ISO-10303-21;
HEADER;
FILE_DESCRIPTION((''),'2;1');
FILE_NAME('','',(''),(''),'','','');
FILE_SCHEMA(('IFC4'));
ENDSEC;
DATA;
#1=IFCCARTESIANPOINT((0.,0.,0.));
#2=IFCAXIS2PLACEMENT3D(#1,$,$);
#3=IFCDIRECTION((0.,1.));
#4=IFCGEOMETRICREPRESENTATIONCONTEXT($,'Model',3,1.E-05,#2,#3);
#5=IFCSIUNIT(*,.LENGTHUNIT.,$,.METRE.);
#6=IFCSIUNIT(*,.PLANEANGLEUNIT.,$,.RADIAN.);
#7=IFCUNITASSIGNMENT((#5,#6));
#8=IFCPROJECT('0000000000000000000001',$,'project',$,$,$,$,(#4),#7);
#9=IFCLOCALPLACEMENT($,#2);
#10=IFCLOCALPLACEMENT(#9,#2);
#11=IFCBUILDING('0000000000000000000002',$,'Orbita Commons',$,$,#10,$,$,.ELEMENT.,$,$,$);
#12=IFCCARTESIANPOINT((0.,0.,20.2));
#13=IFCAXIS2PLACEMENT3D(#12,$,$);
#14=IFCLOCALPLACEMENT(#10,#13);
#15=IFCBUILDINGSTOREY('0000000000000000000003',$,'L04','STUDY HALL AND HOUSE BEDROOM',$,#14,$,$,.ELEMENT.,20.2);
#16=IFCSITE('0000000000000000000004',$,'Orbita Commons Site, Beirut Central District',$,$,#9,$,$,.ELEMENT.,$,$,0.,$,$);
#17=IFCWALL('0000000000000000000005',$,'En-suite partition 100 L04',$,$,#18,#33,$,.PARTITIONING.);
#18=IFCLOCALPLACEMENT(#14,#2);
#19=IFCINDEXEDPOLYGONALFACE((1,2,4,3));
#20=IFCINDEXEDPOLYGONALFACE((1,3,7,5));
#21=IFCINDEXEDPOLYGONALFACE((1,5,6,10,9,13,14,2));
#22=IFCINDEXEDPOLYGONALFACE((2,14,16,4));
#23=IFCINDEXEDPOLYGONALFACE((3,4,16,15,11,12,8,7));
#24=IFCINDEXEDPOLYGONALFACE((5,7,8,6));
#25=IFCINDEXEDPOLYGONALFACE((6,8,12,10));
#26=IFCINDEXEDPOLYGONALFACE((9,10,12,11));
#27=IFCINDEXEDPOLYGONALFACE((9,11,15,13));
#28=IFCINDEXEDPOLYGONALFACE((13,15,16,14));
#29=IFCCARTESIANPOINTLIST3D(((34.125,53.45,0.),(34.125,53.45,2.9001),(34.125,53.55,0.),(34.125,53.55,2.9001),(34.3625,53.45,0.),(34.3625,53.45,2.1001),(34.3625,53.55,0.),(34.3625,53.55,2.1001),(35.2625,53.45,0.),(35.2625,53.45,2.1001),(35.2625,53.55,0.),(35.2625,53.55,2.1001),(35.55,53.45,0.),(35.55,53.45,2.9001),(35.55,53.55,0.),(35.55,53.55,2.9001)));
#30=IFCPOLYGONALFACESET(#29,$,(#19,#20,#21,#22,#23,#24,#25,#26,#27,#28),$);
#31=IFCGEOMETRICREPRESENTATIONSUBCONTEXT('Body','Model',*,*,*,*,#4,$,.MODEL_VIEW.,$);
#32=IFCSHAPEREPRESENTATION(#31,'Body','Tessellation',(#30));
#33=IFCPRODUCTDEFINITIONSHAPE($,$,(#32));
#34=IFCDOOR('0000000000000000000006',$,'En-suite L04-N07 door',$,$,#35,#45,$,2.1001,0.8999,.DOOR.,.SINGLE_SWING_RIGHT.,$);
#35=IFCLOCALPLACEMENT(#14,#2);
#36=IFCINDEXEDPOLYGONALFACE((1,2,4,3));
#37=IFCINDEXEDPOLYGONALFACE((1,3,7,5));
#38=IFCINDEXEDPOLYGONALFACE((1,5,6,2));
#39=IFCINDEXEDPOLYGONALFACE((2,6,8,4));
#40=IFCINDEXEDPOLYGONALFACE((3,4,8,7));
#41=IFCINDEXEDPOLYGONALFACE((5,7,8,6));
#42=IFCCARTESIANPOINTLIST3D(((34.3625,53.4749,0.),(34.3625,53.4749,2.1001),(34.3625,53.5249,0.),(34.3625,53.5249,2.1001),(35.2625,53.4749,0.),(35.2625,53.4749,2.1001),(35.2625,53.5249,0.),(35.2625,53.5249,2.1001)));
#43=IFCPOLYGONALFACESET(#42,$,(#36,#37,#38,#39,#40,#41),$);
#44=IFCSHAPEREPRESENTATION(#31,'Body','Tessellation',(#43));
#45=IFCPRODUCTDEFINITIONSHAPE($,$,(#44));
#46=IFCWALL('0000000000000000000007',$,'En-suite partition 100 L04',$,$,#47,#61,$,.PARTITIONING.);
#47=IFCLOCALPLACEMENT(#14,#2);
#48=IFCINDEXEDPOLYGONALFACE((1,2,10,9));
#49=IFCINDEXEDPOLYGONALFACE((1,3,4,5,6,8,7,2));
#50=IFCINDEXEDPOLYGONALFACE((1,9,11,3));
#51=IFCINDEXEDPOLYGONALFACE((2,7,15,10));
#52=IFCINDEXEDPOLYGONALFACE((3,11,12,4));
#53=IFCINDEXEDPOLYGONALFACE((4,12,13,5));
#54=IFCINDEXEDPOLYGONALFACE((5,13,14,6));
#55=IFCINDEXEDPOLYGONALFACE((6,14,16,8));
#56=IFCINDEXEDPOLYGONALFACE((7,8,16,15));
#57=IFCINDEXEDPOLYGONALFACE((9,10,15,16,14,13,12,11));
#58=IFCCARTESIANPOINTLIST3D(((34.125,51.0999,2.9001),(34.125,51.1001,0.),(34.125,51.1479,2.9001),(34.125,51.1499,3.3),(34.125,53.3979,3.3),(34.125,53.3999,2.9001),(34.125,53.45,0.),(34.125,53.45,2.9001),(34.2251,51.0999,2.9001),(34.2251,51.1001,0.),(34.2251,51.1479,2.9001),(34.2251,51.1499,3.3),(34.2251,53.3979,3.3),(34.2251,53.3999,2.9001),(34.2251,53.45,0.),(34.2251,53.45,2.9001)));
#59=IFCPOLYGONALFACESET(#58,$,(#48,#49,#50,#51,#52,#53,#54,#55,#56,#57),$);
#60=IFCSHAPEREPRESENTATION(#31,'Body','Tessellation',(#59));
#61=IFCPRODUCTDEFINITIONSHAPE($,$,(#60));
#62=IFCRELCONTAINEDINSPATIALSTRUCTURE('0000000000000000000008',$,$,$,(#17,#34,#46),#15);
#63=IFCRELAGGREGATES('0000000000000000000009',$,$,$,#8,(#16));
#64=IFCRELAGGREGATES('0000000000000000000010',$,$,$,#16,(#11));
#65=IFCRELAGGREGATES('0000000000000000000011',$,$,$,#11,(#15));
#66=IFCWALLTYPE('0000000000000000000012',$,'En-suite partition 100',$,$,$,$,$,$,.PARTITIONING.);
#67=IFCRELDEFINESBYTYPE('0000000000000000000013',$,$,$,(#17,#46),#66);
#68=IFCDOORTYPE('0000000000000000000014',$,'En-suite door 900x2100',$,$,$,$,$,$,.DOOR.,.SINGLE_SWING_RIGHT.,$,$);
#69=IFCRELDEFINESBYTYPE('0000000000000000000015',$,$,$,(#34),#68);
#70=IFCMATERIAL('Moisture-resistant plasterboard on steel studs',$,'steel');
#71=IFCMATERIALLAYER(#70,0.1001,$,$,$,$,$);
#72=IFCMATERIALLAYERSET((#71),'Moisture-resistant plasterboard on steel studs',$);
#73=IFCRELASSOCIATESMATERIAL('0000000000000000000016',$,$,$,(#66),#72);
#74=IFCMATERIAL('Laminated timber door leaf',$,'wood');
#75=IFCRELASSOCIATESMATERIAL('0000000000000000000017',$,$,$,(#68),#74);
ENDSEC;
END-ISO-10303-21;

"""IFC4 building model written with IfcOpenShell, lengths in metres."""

from ifc_helpers import new_model, si_unit, direction, frame, frame_2d, origin, place, context, subcontext, project, spatial, polyline, rectangle, outline, extrude, material, layer, layer_set, type_object, element, fill, save


model = new_model("IFC4")

# Units and contexts
model_context = context("Model", 3, precision=1e-05, world=origin(), true_north=direction((0.0, 1.0)))
body_context = subcontext(model_context, "Body", "Model", "MODEL_VIEW")
ifc_project = project(units=[si_unit("LENGTHUNIT", "METRE"), si_unit("PLANEANGLEUNIT", "RADIAN")], contexts=[model_context])

# Site, building, storey
site_placement = place(None, origin())
site = spatial("IfcSite", under=ifc_project, at=site_placement, Name="Orbita Commons Site, Beirut Central District", CompositionType="ELEMENT", RefElevation=0.0)
building_placement = place(site_placement, origin())
building = spatial("IfcBuilding", under=site, at=building_placement, Name="Orbita Commons", CompositionType="ELEMENT")
storey_placement = place(building_placement, frame((0.0, 0.0, 20.2)))
storey = spatial("IfcBuildingStorey", under=building, at=storey_placement, Name="L04", Description="STUDY HALL AND HOUSE BEDROOM", CompositionType="ELEMENT", Elevation=20.2)

# Shared definitions
ifc_material_1 = material(Name="Moisture-resistant plasterboard on steel studs", Category="steel")
ifc_layer_1 = layer(ifc_material_1, 0.1001)
ifc_layer_set_1 = layer_set([ifc_layer_1], Name="Moisture-resistant plasterboard on steel studs")
wall_type_1 = type_object("IfcWallType", Name="En-suite partition 100", PredefinedType="PARTITIONING", material=ifc_layer_set_1)
ifc_material_2 = material(Name="Laminated timber door leaf", Category="wood")
door_type_1 = type_object("IfcDoorType", Name="En-suite door 900x2100", OperationType="SINGLE_SWING_RIGHT", PredefinedType="DOOR", material=ifc_material_2)

# Wall, opening, door
wall_1_placement = place(storey_placement, frame((34.125, 53.5, 0.0), z_axis=(0.0, 0.0, 1.0), x_axis=(1.0, 0.0, 0.0)))
wall_1 = element("IfcWall", 1, at=wall_1_placement, inside=storey, type_object=wall_type_1, Name="En-suite partition 100 L04", PredefinedType="PARTITIONING", context=body_context, shape_type="SweptSolid", body=[
    extrude(outline(polyline([(0.0, 0.0), (1.425, 0.0), (1.425, 2.9001), (0.0, 2.9001), (0.0, 0.0)])), frame((0.0, 0.05, 0.0), z_axis=(0.0, -1.0, 0.0), x_axis=(1.0, 0.0, 0.0)), (0.0, 0.0, 1.0), 0.1001),
])
opening_1_placement = place(wall_1_placement, frame((0.2375, 0.0, 0.0)))
opening_1 = element("IfcOpeningElement", 2, at=opening_1_placement, cuts=wall_1, PredefinedType="OPENING", context=body_context, shape_type="SweptSolid", body=[
    extrude(rectangle(XDim=0.8999, YDim=2.1001, at=frame_2d((0.45, 1.05))), frame((0.0, 0.0601, 0.0), z_axis=(0.0, -1.0, 0.0), x_axis=(1.0, 0.0, 0.0)), (0.0, 0.0, 1.0), 0.1201),
])
door_1_placement = place(opening_1_placement, origin())
door_1 = element("IfcDoor", 3, at=door_1_placement, inside=storey, type_object=door_type_1, Name="En-suite L04-N07 door", OperationType="SINGLE_SWING_RIGHT", OverallHeight=2.1001, OverallWidth=0.8999, PredefinedType="DOOR", context=body_context, shape_type="SweptSolid", body=[
    extrude(rectangle(XDim=0.8999, YDim=2.1001, at=frame_2d((0.45, 1.05))), frame((0.0, 0.0249, 0.0), z_axis=(0.0, -1.0, 0.0), x_axis=(1.0, 0.0, 0.0)), (0.0, 0.0, 1.0), 0.05),
])
fill(opening_1, door_1)

# Wall
wall_2_placement = place(storey_placement, frame((34.175, 53.45, 0.0), z_axis=(0.0, 0.0, 1.0), x_axis=(0.0, -1.0, 0.0)))
element("IfcWall", 4, at=wall_2_placement, inside=storey, type_object=wall_type_1, Name="En-suite partition 100 L04", PredefinedType="PARTITIONING", context=body_context, shape_type="SweptSolid", body=[
    extrude(outline(polyline([(0.0, 0.0), (2.3499, 0.0), (2.3501, 2.9001), (2.302, 2.9001), (2.3, 3.3), (0.052, 3.3), (0.05, 2.9001), (0.0, 2.9001), (0.0, 0.0)])), frame((0.0, 0.05, 0.0), z_axis=(0.0, -1.0, 0.0), x_axis=(1.0, 0.0, 0.0)), (0.0, 0.0, 1.0), 0.1001),
])

save(model, "model.ifc")
